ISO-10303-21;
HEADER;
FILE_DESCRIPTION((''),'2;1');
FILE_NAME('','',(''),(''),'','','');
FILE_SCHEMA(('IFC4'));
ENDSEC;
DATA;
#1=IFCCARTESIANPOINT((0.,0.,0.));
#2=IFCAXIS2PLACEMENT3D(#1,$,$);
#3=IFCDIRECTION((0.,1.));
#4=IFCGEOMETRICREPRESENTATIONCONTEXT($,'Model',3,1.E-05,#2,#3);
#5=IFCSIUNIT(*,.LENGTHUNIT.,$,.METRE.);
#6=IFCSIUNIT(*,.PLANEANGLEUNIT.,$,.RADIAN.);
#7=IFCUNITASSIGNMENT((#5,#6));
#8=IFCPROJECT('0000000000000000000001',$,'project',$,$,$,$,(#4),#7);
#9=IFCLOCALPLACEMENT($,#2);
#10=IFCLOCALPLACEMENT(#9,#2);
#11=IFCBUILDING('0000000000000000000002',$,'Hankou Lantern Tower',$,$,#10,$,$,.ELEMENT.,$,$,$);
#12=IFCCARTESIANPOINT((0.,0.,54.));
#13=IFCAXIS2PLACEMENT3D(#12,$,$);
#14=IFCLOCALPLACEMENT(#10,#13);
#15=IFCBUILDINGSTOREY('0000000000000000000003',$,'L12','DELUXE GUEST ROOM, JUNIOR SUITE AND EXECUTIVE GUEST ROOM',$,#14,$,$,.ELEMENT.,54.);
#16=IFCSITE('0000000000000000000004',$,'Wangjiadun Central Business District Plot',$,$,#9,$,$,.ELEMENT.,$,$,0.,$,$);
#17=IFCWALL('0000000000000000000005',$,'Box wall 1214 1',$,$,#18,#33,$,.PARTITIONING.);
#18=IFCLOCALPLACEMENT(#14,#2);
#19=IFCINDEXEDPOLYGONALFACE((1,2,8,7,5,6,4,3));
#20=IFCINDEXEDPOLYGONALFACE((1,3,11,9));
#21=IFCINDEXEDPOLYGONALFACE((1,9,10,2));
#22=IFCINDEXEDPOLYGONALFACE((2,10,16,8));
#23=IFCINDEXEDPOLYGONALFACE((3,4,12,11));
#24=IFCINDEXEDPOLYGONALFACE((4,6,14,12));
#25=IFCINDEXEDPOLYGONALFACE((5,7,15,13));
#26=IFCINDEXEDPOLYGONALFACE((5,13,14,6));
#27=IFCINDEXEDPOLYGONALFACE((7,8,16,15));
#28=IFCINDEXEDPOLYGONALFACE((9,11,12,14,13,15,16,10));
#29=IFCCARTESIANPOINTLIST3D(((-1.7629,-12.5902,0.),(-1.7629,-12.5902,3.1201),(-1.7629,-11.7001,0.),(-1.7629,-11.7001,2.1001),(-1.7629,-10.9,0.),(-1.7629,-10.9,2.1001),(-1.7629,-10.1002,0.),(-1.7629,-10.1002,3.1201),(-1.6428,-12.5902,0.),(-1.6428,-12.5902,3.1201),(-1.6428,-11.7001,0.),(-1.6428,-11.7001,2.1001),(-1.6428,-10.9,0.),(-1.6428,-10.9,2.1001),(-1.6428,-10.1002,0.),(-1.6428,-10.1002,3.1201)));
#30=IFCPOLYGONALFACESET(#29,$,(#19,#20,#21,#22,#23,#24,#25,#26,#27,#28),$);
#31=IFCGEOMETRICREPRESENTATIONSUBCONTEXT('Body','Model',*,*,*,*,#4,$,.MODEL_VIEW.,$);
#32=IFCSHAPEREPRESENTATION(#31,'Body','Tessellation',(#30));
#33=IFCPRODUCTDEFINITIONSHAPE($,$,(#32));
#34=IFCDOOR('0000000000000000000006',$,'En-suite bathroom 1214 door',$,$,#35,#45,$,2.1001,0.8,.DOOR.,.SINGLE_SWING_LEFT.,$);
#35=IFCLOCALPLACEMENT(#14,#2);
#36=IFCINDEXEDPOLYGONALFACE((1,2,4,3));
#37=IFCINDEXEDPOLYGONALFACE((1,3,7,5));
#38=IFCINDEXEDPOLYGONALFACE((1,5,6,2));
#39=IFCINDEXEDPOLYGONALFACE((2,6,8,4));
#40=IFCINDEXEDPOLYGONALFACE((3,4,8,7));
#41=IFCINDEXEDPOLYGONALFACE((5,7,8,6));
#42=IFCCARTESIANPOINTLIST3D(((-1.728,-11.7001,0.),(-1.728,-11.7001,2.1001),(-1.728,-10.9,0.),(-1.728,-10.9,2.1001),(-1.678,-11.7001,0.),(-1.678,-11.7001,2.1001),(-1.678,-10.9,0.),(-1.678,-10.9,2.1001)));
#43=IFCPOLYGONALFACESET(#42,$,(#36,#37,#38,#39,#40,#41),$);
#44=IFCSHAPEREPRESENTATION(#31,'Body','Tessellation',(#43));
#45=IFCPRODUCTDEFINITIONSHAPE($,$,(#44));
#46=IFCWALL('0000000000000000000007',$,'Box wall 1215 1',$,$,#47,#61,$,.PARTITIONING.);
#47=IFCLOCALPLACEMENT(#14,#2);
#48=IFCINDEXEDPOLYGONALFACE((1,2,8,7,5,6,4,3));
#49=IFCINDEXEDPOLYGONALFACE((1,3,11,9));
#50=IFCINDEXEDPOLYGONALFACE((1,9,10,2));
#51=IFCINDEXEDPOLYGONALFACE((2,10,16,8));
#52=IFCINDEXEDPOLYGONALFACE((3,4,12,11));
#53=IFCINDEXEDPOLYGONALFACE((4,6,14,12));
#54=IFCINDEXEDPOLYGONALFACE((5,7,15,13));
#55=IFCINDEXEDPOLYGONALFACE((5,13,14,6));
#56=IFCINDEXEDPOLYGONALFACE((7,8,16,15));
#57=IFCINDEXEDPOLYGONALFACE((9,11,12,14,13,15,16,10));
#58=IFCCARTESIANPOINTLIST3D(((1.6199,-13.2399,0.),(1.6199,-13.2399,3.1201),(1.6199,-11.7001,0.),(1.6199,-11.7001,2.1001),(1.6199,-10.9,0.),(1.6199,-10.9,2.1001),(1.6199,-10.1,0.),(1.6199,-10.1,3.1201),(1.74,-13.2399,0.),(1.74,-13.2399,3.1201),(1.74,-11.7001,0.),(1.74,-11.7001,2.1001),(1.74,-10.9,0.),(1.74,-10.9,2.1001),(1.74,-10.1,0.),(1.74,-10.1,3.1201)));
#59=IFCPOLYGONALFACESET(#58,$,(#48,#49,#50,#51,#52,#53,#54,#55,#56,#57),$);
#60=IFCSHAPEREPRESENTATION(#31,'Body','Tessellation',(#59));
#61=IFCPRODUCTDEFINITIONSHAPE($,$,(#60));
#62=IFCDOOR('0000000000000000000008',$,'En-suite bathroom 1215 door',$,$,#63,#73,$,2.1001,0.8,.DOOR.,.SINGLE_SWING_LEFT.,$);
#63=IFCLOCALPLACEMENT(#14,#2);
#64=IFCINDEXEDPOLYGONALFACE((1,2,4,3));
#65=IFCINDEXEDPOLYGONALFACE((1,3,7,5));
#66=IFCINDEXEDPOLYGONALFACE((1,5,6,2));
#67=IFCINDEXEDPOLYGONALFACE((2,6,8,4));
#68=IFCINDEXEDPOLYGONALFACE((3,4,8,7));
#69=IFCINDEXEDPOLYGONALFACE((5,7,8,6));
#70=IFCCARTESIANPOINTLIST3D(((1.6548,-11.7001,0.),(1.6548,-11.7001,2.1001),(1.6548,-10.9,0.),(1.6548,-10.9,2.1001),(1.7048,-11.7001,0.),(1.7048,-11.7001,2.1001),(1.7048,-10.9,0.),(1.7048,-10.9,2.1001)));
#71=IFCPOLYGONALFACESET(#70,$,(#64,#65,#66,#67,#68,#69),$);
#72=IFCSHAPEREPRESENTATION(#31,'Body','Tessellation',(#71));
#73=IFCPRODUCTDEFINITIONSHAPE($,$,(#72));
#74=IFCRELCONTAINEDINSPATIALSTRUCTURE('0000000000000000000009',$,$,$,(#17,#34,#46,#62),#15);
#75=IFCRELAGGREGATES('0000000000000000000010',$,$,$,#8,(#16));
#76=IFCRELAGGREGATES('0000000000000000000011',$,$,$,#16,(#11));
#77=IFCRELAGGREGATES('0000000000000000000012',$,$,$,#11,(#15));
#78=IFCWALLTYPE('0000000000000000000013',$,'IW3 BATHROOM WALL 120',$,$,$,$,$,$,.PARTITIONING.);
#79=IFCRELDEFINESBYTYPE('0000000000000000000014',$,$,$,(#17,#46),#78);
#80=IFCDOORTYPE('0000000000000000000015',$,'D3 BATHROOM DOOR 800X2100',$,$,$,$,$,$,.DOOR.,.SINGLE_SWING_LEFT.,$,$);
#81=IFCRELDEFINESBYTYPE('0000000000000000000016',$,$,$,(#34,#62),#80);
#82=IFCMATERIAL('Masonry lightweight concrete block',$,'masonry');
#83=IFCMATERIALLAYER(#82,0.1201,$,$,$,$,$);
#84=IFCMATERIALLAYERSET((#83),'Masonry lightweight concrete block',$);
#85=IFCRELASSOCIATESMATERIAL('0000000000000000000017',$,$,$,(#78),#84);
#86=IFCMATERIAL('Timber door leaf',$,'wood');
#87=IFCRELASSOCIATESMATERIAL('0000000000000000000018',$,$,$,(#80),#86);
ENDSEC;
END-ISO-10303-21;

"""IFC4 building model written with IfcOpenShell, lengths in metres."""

from ifc_helpers import new_model, si_unit, direction, frame, frame_2d, origin, place, context, subcontext, project, spatial, rectangle, extrude, material, layer, layer_set, type_object, element, fill, save


model = new_model("IFC4")

# Units and contexts
model_context = context("Model", 3, precision=1e-05, world=origin(), true_north=direction((0.0, 1.0)))
body_context = subcontext(model_context, "Body", "Model", "MODEL_VIEW")
ifc_project = project(units=[si_unit("LENGTHUNIT", "METRE"), si_unit("PLANEANGLEUNIT", "RADIAN")], contexts=[model_context])

# Site, building, storey
site_placement = place(None, origin())
site = spatial("IfcSite", under=ifc_project, at=site_placement, Name="Wangjiadun Central Business District Plot", CompositionType="ELEMENT", RefElevation=0.0)
building_placement = place(site_placement, origin())
building = spatial("IfcBuilding", under=site, at=building_placement, Name="Hankou Lantern Tower", CompositionType="ELEMENT")
storey_placement = place(building_placement, frame((0.0, 0.0, 54.0)))
storey = spatial("IfcBuildingStorey", under=building, at=storey_placement, Name="L12", Description="DELUXE GUEST ROOM, JUNIOR SUITE AND EXECUTIVE GUEST ROOM", CompositionType="ELEMENT", Elevation=54.0)

# Walls, openings, doors
ifc_material_1 = material(Name="Masonry lightweight concrete block", Category="masonry")
ifc_layer_1 = layer(ifc_material_1, 0.1201)
ifc_layer_set_1 = layer_set([ifc_layer_1], Name="Masonry lightweight concrete block")
wall_type_1 = type_object("IfcWallType", Name="IW3 BATHROOM WALL 120", PredefinedType="PARTITIONING", material=ifc_layer_set_1)
wall_1_placement = place(storey_placement, frame((-1.7029, -10.1001, 0.0), z_axis=(0.0, 0.0, 1.0), x_axis=(0.0, -1.0, 0.0)))
wall_1 = element("IfcWall", 1, at=wall_1_placement, inside=storey, type_object=wall_type_1, Name="Box wall 1214 1", PredefinedType="PARTITIONING", context=body_context, shape_type="SweptSolid", body=[
    extrude(rectangle(XDim=2.49, YDim=0.1201, at=frame_2d((1.2451, 0.0))), origin(), (0.0, 0.0, 1.0), 3.1201),
])
opening_1_placement = place(wall_1_placement, frame((0.8, 0.0, 0.0)))
opening_1 = element("IfcOpeningElement", 2, at=opening_1_placement, cuts=wall_1, PredefinedType="OPENING", context=body_context, shape_type="SweptSolid", body=[
    extrude(rectangle(XDim=0.8, YDim=2.1001, at=frame_2d((0.3999, 1.05))), frame((0.0, 0.0701, 0.0), z_axis=(0.0, -1.0, 0.0), x_axis=(1.0, 0.0, 0.0)), (0.0, 0.0, 1.0), 0.1401),
])
ifc_material_2 = material(Name="Timber door leaf", Category="wood")
door_type_1 = type_object("IfcDoorType", Name="D3 BATHROOM DOOR 800X2100", OperationType="SINGLE_SWING_LEFT", PredefinedType="DOOR", material=ifc_material_2)
door_1_placement = place(opening_1_placement, origin())
door_1 = element("IfcDoor", 3, at=door_1_placement, inside=storey, type_object=door_type_1, Name="En-suite bathroom 1214 door", OperationType="SINGLE_SWING_LEFT", OverallHeight=2.1001, OverallWidth=0.8, PredefinedType="DOOR", context=body_context, shape_type="SweptSolid", body=[
    extrude(rectangle(XDim=0.8, YDim=2.1001, at=frame_2d((0.3999, 1.05))), frame((0.0, 0.0249, 0.0), z_axis=(0.0, -1.0, 0.0), x_axis=(1.0, 0.0, 0.0)), (0.0, 0.0, 1.0), 0.05),
])
fill(opening_1, door_1)
wall_2_placement = place(storey_placement, frame((1.6799, -10.1001, 0.0), z_axis=(0.0, 0.0, 1.0), x_axis=(0.0, -1.0, 0.0)))
wall_2 = element("IfcWall", 4, at=wall_2_placement, inside=storey, type_object=wall_type_1, Name="Box wall 1215 1", PredefinedType="PARTITIONING", context=body_context, shape_type="SweptSolid", body=[
    extrude(rectangle(XDim=3.1399, YDim=0.1201, at=frame_2d((1.5698, 0.0))), origin(), (0.0, 0.0, 1.0), 3.1201),
])
opening_2_placement = place(wall_2_placement, frame((0.8, 0.0, 0.0)))
opening_2 = element("IfcOpeningElement", 5, at=opening_2_placement, cuts=wall_2, PredefinedType="OPENING", context=body_context, shape_type="SweptSolid", body=[
    extrude(rectangle(XDim=0.8, YDim=2.1001, at=frame_2d((0.3999, 1.05))), frame((0.0, 0.0701, 0.0), z_axis=(0.0, -1.0, 0.0), x_axis=(1.0, 0.0, 0.0)), (0.0, 0.0, 1.0), 0.1401),
])
door_2_placement = place(opening_2_placement, origin())
door_2 = element("IfcDoor", 6, at=door_2_placement, inside=storey, type_object=door_type_1, Name="En-suite bathroom 1215 door", OperationType="SINGLE_SWING_LEFT", OverallHeight=2.1001, OverallWidth=0.8, PredefinedType="DOOR", context=body_context, shape_type="SweptSolid", body=[
    extrude(rectangle(XDim=0.8, YDim=2.1001, at=frame_2d((0.3999, 1.05))), frame((0.0, 0.0249, 0.0), z_axis=(0.0, -1.0, 0.0), x_axis=(1.0, 0.0, 0.0)), (0.0, 0.0, 1.0), 0.05),
])
fill(opening_2, door_2)

save(model, "model.ifc")
